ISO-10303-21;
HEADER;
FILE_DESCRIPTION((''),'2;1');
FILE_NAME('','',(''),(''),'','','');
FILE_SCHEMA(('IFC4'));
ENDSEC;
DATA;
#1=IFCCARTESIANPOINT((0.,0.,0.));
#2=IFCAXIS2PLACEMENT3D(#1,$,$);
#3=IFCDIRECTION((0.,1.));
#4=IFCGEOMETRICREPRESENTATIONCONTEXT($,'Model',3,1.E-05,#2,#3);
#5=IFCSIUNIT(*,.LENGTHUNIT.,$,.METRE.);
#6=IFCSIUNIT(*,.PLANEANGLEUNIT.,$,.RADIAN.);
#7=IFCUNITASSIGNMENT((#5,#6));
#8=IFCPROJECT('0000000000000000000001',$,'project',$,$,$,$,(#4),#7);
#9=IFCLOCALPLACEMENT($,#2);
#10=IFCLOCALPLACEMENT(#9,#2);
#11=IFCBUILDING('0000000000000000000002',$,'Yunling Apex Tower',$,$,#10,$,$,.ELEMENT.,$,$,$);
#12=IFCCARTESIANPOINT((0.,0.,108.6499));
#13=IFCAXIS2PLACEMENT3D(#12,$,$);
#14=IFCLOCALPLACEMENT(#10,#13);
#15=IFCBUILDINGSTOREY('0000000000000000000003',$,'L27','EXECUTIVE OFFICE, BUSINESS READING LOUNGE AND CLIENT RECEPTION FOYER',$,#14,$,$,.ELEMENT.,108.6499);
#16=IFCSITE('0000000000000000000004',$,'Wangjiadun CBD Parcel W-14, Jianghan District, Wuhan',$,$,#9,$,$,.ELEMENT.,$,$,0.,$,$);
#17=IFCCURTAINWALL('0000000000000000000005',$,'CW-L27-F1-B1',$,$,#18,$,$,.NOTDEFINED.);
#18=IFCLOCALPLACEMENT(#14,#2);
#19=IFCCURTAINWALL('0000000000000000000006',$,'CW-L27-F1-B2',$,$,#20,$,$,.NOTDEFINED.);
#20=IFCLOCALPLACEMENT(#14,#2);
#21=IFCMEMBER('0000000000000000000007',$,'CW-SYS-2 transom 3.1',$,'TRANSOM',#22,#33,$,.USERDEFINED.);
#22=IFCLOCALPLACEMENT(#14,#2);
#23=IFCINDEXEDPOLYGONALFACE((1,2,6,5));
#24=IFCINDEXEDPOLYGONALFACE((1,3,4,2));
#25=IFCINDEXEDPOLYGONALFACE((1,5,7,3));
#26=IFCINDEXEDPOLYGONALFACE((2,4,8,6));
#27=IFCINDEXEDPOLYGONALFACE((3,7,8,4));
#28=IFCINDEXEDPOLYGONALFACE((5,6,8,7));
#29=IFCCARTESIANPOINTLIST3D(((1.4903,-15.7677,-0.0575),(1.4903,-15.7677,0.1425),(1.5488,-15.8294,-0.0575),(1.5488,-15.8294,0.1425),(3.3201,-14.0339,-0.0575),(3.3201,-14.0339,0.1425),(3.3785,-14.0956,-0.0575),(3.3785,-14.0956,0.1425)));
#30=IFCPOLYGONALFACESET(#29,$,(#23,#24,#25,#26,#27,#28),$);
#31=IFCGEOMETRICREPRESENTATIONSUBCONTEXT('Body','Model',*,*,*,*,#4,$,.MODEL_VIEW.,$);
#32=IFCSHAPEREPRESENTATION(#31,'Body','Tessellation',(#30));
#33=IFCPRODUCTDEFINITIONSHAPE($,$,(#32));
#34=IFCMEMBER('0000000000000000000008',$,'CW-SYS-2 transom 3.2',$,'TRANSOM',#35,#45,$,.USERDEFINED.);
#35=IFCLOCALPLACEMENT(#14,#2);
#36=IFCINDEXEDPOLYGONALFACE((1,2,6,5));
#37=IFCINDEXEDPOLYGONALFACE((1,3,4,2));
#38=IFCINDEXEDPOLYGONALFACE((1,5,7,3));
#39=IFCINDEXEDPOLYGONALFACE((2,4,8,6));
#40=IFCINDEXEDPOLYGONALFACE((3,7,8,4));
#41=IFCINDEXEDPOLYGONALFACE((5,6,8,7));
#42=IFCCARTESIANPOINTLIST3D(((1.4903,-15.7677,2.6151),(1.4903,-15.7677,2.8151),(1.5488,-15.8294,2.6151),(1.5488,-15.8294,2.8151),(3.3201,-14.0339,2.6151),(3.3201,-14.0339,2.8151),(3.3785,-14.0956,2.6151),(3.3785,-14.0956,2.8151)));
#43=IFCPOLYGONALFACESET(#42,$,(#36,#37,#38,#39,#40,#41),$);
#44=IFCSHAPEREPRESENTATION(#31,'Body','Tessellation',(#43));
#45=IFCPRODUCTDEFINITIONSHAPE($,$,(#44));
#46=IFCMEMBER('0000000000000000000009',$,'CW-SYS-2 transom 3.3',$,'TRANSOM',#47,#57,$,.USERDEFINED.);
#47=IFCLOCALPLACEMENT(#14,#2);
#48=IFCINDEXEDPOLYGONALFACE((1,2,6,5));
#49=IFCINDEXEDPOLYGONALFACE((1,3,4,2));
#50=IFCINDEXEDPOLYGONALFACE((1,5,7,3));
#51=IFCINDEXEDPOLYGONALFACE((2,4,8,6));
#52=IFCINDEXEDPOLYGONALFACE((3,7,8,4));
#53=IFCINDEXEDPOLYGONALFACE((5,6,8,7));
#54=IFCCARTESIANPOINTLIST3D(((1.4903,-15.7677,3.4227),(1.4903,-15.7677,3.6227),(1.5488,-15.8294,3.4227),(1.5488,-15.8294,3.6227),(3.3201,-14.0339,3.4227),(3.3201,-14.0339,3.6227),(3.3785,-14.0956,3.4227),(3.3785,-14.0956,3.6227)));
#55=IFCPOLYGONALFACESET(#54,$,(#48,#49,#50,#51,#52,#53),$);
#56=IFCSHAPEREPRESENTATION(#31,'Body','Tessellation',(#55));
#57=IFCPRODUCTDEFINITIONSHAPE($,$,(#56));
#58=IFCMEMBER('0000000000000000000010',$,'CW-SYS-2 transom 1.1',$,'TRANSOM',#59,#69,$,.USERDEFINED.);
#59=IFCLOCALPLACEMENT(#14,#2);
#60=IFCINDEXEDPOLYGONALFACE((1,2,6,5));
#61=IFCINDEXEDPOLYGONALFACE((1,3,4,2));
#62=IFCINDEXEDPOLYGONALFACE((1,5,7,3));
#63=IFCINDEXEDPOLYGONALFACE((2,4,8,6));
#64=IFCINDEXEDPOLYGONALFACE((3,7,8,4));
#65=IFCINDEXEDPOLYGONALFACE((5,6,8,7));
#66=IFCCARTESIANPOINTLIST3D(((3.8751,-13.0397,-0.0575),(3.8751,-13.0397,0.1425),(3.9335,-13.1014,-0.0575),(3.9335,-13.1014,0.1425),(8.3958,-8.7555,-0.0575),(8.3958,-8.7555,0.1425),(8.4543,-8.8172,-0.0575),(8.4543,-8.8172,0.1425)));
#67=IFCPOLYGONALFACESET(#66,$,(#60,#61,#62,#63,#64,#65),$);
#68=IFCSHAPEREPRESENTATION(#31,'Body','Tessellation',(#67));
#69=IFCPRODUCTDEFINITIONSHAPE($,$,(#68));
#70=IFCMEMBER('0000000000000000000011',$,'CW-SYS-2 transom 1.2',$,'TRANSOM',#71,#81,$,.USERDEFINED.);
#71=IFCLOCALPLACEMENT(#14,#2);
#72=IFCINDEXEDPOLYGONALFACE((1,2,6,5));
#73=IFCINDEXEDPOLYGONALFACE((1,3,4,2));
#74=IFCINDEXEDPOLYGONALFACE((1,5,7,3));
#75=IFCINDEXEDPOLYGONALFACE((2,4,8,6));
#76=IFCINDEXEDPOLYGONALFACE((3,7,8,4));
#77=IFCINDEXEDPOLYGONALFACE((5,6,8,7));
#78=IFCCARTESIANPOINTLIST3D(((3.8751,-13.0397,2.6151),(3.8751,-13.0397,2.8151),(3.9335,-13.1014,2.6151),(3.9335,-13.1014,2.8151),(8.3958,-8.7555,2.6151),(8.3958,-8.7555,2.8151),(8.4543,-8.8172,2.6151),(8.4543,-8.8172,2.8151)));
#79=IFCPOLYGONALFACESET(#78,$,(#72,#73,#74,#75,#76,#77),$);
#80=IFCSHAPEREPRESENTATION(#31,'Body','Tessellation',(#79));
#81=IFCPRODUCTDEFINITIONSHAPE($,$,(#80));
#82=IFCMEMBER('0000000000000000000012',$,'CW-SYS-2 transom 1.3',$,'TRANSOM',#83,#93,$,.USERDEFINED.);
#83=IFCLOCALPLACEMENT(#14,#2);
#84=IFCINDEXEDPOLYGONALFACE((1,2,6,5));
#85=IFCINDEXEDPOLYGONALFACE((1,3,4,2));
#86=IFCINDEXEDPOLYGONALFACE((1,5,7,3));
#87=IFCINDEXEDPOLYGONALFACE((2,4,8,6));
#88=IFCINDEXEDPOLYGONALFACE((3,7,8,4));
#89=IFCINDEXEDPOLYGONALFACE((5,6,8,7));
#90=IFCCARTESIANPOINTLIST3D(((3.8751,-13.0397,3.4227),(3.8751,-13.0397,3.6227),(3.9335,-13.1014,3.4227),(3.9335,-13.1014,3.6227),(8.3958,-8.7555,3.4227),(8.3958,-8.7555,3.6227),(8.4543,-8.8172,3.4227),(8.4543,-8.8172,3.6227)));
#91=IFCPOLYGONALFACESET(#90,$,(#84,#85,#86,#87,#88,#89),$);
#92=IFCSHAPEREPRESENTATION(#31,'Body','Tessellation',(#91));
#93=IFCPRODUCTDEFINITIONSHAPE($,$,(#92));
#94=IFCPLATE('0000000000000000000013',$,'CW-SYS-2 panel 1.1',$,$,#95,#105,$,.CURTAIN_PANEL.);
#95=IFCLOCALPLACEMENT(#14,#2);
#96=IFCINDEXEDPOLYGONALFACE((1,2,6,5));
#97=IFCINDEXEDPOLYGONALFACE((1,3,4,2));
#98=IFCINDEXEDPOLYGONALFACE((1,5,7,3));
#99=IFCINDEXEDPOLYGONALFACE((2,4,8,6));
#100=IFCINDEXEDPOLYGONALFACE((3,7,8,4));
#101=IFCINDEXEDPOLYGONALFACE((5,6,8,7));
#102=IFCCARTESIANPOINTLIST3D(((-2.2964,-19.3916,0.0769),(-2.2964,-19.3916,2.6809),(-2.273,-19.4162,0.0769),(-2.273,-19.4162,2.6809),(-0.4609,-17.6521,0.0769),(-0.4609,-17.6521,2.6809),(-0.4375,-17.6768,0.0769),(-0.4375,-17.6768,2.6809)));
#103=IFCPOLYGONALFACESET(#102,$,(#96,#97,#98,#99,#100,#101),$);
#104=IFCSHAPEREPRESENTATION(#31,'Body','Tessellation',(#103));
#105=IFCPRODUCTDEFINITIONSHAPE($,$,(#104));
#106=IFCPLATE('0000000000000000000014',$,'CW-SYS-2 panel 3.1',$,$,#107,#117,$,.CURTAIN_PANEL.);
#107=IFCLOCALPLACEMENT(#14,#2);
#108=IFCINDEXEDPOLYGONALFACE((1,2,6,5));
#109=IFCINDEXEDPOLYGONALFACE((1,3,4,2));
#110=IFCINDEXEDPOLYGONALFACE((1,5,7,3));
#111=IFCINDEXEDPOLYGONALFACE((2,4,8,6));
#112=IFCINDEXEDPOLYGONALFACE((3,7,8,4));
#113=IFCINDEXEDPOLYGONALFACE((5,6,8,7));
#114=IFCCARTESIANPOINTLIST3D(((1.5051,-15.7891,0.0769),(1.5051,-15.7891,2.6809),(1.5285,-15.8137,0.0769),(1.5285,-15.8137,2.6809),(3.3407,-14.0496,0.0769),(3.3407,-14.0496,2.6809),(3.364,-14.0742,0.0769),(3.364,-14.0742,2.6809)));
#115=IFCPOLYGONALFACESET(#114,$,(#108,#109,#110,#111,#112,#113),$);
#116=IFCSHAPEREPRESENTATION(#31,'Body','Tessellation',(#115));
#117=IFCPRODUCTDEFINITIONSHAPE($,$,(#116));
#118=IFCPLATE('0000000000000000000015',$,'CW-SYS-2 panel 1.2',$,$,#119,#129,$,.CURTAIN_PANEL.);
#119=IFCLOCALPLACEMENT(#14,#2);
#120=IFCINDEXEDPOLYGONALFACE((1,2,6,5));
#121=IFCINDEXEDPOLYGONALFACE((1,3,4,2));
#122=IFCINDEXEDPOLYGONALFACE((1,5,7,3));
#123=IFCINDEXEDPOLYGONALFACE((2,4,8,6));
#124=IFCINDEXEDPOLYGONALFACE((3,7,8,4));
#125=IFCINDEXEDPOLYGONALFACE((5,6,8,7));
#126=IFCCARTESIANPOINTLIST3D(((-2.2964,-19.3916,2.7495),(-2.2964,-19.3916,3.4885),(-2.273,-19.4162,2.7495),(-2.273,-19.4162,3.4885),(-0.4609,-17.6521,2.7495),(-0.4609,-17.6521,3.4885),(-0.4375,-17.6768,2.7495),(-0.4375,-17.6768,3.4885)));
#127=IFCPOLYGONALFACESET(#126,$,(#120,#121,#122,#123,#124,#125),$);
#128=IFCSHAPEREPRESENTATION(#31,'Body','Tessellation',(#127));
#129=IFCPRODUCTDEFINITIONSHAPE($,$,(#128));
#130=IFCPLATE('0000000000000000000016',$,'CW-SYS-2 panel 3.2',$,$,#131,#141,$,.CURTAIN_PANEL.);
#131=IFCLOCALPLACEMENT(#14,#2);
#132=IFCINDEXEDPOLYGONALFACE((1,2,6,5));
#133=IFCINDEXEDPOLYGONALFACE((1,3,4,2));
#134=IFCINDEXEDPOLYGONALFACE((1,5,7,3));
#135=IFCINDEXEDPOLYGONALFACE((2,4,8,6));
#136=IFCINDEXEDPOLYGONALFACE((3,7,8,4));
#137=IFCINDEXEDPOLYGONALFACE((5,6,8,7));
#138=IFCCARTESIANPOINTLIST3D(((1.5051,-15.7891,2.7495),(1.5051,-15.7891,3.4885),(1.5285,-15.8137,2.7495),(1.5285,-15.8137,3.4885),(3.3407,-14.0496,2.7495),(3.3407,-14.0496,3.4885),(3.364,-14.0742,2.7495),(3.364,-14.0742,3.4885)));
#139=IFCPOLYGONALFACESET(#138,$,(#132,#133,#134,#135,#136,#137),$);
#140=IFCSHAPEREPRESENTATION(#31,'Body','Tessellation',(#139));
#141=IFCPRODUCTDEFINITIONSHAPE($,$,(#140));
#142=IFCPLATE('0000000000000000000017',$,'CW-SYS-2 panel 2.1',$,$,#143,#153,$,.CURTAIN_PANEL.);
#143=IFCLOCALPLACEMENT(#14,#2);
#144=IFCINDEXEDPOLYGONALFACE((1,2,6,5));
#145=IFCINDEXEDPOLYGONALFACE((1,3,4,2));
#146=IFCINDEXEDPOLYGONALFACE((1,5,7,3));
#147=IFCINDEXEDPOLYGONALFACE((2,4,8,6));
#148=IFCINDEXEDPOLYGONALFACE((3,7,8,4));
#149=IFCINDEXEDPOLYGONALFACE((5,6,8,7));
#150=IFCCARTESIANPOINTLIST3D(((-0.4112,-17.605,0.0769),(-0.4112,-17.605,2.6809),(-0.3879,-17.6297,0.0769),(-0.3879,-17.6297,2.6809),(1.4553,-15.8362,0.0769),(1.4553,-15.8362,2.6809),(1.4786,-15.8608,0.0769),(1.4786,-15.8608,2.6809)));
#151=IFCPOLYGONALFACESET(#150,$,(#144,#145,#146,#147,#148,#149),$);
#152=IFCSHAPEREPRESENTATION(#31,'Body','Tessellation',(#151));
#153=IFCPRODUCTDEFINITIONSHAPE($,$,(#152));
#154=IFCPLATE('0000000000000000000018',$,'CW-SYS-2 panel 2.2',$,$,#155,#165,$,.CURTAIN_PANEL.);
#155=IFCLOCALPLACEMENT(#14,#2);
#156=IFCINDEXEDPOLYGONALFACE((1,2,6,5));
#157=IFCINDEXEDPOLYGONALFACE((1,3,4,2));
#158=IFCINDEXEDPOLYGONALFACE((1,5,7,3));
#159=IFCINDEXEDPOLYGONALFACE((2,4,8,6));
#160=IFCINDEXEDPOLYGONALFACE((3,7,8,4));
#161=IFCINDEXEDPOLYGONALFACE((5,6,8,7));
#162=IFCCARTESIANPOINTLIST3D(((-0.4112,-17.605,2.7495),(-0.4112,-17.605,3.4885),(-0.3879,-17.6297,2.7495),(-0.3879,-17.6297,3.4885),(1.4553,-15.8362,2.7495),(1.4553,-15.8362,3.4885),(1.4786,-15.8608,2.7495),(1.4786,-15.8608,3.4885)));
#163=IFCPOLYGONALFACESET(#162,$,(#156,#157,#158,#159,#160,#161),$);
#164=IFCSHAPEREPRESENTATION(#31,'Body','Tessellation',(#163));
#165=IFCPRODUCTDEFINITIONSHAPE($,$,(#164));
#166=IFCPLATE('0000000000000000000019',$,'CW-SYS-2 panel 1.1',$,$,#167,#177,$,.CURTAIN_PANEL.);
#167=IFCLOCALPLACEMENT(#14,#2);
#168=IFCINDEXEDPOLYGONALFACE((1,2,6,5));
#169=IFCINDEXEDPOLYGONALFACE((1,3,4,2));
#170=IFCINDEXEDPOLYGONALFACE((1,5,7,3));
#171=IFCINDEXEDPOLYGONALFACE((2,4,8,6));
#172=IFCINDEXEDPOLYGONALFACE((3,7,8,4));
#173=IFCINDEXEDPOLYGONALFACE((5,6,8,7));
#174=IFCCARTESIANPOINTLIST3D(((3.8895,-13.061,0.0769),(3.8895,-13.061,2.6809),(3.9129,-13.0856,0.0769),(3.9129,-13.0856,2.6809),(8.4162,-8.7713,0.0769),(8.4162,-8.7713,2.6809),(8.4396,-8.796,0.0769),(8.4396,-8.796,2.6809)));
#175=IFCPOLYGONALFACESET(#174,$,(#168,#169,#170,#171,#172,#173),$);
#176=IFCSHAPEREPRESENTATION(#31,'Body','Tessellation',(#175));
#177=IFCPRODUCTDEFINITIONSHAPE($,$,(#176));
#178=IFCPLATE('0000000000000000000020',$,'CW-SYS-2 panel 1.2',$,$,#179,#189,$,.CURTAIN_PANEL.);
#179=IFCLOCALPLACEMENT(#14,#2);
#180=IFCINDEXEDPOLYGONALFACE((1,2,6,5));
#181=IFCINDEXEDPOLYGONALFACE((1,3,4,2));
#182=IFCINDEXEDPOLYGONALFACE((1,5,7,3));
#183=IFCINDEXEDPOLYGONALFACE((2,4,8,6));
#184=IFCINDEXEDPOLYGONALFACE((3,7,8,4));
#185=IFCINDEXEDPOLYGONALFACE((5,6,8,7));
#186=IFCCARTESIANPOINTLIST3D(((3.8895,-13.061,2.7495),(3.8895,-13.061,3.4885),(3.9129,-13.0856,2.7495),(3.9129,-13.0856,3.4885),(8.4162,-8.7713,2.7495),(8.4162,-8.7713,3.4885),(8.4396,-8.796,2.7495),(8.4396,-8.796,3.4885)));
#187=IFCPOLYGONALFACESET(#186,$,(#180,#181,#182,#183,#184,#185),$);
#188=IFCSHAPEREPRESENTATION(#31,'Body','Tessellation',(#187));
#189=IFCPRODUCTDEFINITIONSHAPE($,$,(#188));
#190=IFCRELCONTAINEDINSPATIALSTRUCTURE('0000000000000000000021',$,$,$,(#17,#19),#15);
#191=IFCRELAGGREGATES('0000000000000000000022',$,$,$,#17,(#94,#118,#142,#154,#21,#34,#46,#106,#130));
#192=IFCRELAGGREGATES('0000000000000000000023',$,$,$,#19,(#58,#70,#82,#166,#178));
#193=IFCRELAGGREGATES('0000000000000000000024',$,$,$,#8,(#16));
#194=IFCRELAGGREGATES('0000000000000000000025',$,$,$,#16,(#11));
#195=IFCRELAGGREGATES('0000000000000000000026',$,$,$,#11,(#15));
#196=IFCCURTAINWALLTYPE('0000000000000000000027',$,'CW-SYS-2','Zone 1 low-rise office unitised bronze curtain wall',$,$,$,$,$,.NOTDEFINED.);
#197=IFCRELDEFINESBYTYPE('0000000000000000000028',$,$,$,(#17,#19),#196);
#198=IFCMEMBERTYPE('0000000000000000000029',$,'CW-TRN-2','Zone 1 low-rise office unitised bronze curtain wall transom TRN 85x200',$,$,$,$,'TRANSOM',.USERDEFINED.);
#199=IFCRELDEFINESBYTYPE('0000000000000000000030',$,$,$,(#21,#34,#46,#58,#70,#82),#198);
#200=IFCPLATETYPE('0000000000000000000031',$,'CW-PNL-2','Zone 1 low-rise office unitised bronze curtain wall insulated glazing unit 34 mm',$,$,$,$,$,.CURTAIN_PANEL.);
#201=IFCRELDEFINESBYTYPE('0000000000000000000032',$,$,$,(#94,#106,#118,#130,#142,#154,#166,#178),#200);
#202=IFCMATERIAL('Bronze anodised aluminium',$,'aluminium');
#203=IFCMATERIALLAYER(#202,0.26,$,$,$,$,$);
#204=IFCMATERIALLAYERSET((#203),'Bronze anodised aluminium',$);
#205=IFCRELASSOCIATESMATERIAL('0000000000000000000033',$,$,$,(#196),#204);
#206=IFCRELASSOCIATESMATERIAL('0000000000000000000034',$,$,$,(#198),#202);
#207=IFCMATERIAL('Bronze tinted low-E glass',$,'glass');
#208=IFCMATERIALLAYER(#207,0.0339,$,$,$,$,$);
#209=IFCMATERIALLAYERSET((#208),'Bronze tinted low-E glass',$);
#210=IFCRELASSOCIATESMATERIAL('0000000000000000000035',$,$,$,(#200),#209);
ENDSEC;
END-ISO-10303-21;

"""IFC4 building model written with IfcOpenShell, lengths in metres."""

from ifc_helpers import new_model, si_unit, direction, frame, origin, origin_2d, place, context, subcontext, project, spatial, rectangle, extrude, source, transform, mapped, material, layer, layer_set, material_profile, profile_set, type_object, element, aggregate, save


model = new_model("IFC4")

# Units and contexts
model_context = context("Model", 3, precision=1e-05, world=origin(), true_north=direction((0.0, 1.0)))
body_context = subcontext(model_context, "Body", "Model", "MODEL_VIEW")
ifc_project = project(units=[si_unit("LENGTHUNIT", "METRE"), si_unit("PLANEANGLEUNIT", "RADIAN")], contexts=[model_context])

# Site, building, storey
site_placement = place(None, origin())
site = spatial("IfcSite", under=ifc_project, at=site_placement, Name="Wangjiadun CBD Parcel W-14, Jianghan District, Wuhan", CompositionType="ELEMENT", RefElevation=0.0)
building_placement = place(site_placement, origin())
building = spatial("IfcBuilding", under=site, at=building_placement, Name="Yunling Apex Tower", CompositionType="ELEMENT")
storey_placement = place(building_placement, frame((0.0, 0.0, 108.6499)))
storey = spatial("IfcBuildingStorey", under=building, at=storey_placement, Name="L27", Description="EXECUTIVE OFFICE, BUSINESS READING LOUNGE AND CLIENT RECEPTION FOYER", CompositionType="ELEMENT", Elevation=108.6499)

# Curtain walls
ifc_material_1 = material(Name="Bronze anodised aluminium", Category="aluminium")
ifc_layer_1 = layer(ifc_material_1, 0.26)
ifc_layer_set_1 = layer_set([ifc_layer_1], Name="Bronze anodised aluminium")
curtain_wall_type = type_object("IfcCurtainWallType", Name="CW-SYS-2", Description="Zone 1 low-rise office unitised bronze curtain wall", PredefinedType="NOTDEFINED", material=ifc_layer_set_1)
curtain_wall_1_placement = place(storey_placement, origin())
curtain_wall_1 = element("IfcCurtainWall", 1, at=curtain_wall_1_placement, inside=storey, type_object=curtain_wall_type, Name="CW-L27-F1-B1", PredefinedType="NOTDEFINED")
curtain_wall_2_placement = place(storey_placement, origin())
curtain_wall_2 = element("IfcCurtainWall", 2, at=curtain_wall_2_placement, inside=storey, type_object=curtain_wall_type, Name="CW-L27-F1-B2", PredefinedType="NOTDEFINED")

# Members
ifc_material_profile_1 = material_profile(ifc_material_1, rectangle(XDim=0.085, YDim=0.2, at=origin_2d()))
ifc_profile_set_1 = profile_set([ifc_material_profile_1], Name="Bronze anodised aluminium")
member_type_1 = type_object("IfcMemberType", Name="CW-TRN-2", Description="Zone 1 low-rise office unitised bronze curtain wall transom TRN 85x200", ElementType="TRANSOM", PredefinedType="USERDEFINED", material=ifc_profile_set_1)
shared_shape_1 = source(origin(), body_context, "Body", "SweptSolid", [
    extrude(rectangle(XDim=0.085, YDim=0.2, at=origin_2d()), origin(), (0.0, 0.0, 1.0), 2.5208),
])
member_1_placement = place(storey_placement, frame((1.5195, -15.7986, 0.0425), z_axis=(0.725881, 0.68782, 0.0), x_axis=(-0.68782, 0.725881, 0.0)))
member_1 = element("IfcMember", 3, at=member_1_placement, type_object=member_type_1, Name="CW-SYS-2 transom 3.1", ObjectType="TRANSOM", PredefinedType="USERDEFINED", context=body_context, shape_type="MappedRepresentation", body=[
    mapped(shared_shape_1, transform((0.0, 0.0, 0.0), scale=1.0)),
])
member_2_placement = place(storey_placement, frame((1.5195, -15.7986, 2.7151), z_axis=(0.725881, 0.68782, 0.0), x_axis=(-0.68782, 0.725881, 0.0)))
member_2 = element("IfcMember", 4, at=member_2_placement, type_object=member_type_1, Name="CW-SYS-2 transom 3.2", ObjectType="TRANSOM", PredefinedType="USERDEFINED", context=body_context, shape_type="MappedRepresentation", body=[
    mapped(shared_shape_1, transform((0.0, 0.0, 0.0), scale=1.0)),
])
member_3_placement = place(storey_placement, frame((1.5195, -15.7986, 3.5227), z_axis=(0.725881, 0.68782, 0.0), x_axis=(-0.68782, 0.725881, 0.0)))
member_3 = element("IfcMember", 5, at=member_3_placement, type_object=member_type_1, Name="CW-SYS-2 transom 3.3", ObjectType="TRANSOM", PredefinedType="USERDEFINED", context=body_context, shape_type="MappedRepresentation", body=[
    mapped(shared_shape_1, transform((0.0, 0.0, 0.0), scale=1.0)),
])
shared_shape_2 = source(origin(), body_context, "Body", "SweptSolid", [
    extrude(rectangle(XDim=0.085, YDim=0.2, at=origin_2d()), origin(), (0.0, 0.0, 1.0), 6.2283),
])
member_4_placement = place(storey_placement, frame((3.9043, -13.0706, 0.0425), z_axis=(0.725843, 0.68786, 0.0), x_axis=(-0.68786, 0.725843, 0.0)))
member_4 = element("IfcMember", 6, at=member_4_placement, type_object=member_type_1, Name="CW-SYS-2 transom 1.1", ObjectType="TRANSOM", PredefinedType="USERDEFINED", context=body_context, shape_type="MappedRepresentation", body=[
    mapped(shared_shape_2, transform((0.0, 0.0, 0.0), scale=1.0)),
])
member_5_placement = place(storey_placement, frame((3.9043, -13.0706, 2.7151), z_axis=(0.725843, 0.68786, 0.0), x_axis=(-0.68786, 0.725843, 0.0)))
member_5 = element("IfcMember", 7, at=member_5_placement, type_object=member_type_1, Name="CW-SYS-2 transom 1.2", ObjectType="TRANSOM", PredefinedType="USERDEFINED", context=body_context, shape_type="MappedRepresentation", body=[
    mapped(shared_shape_2, transform((0.0, 0.0, 0.0), scale=1.0)),
])
member_6_placement = place(storey_placement, frame((3.9043, -13.0706, 3.5227), z_axis=(0.725843, 0.68786, 0.0), x_axis=(-0.68786, 0.725843, 0.0)))
member_6 = element("IfcMember", 8, at=member_6_placement, type_object=member_type_1, Name="CW-SYS-2 transom 1.3", ObjectType="TRANSOM", PredefinedType="USERDEFINED", context=body_context, shape_type="MappedRepresentation", body=[
    mapped(shared_shape_2, transform((0.0, 0.0, 0.0), scale=1.0)),
])

# Plates
ifc_material_2 = material(Name="Bronze tinted low-E glass", Category="glass")
ifc_layer_2 = layer(ifc_material_2, 0.0339)
ifc_layer_set_2 = layer_set([ifc_layer_2], Name="Bronze tinted low-E glass")
plate_type = type_object("IfcPlateType", Name="CW-PNL-2", Description="Zone 1 low-rise office unitised bronze curtain wall insulated glazing unit 34 mm", PredefinedType="CURTAIN_PANEL", material=ifc_layer_set_2)
shared_shape_3 = source(origin(), body_context, "Body", "SweptSolid", [
    extrude(rectangle(XDim=2.5288, YDim=0.0339, at=origin_2d()), origin(), (0.0, 0.0, 1.0), 2.604),
])
plate_1_placement = place(storey_placement, frame((-1.3669, -18.5342, 0.0769), z_axis=(0.0, 0.0, 1.0), x_axis=(0.725842, 0.687861, 0.0)))
plate_1 = element("IfcPlate", 9, at=plate_1_placement, type_object=plate_type, Name="CW-SYS-2 panel 1.1", PredefinedType="CURTAIN_PANEL", context=body_context, shape_type="MappedRepresentation", body=[
    mapped(shared_shape_3, transform((0.0, 0.0, 0.0), scale=1.0)),
])
plate_2_placement = place(storey_placement, frame((2.4346, -14.9316, 0.0769), z_axis=(0.0, 0.0, 1.0), x_axis=(0.725842, 0.687861, 0.0)))
plate_2 = element("IfcPlate", 10, at=plate_2_placement, type_object=plate_type, Name="CW-SYS-2 panel 3.1", PredefinedType="CURTAIN_PANEL", context=body_context, shape_type="MappedRepresentation", body=[
    mapped(shared_shape_3, transform((0.0, 0.0, 0.0), scale=1.0)),
])
shared_shape_4 = source(origin(), body_context, "Body", "SweptSolid", [
    extrude(rectangle(XDim=2.5288, YDim=0.0339, at=origin_2d()), origin(), (0.0, 0.0, 1.0), 0.739),
])
plate_3_placement = place(storey_placement, frame((-1.3669, -18.5342, 2.7495), z_axis=(0.0, 0.0, 1.0), x_axis=(0.725842, 0.687861, 0.0)))
plate_3 = element("IfcPlate", 11, at=plate_3_placement, type_object=plate_type, Name="CW-SYS-2 panel 1.2", PredefinedType="CURTAIN_PANEL", context=body_context, shape_type="MappedRepresentation", body=[
    mapped(shared_shape_4, transform((0.0, 0.0, 0.0), scale=1.0)),
])
plate_4_placement = place(storey_placement, frame((2.4346, -14.9316, 2.7495), z_axis=(0.0, 0.0, 1.0), x_axis=(0.725842, 0.687861, 0.0)))
plate_4 = element("IfcPlate", 12, at=plate_4_placement, type_object=plate_type, Name="CW-SYS-2 panel 3.2", PredefinedType="CURTAIN_PANEL", context=body_context, shape_type="MappedRepresentation", body=[
    mapped(shared_shape_4, transform((0.0, 0.0, 0.0), scale=1.0)),
])
shared_shape_5 = source(origin(), body_context, "Body", "SweptSolid", [
    extrude(rectangle(XDim=2.5715, YDim=0.0339, at=origin_2d()), origin(), (0.0, 0.0, 1.0), 2.604),
])
plate_5_placement = place(storey_placement, frame((0.5337, -16.7329, 0.0769), z_axis=(0.0, 0.0, 1.0), x_axis=(0.725842, 0.687861, 0.0)))
plate_5 = element("IfcPlate", 13, at=plate_5_placement, type_object=plate_type, Name="CW-SYS-2 panel 2.1", PredefinedType="CURTAIN_PANEL", context=body_context, shape_type="MappedRepresentation", body=[
    mapped(shared_shape_5, transform((0.0, 0.0, 0.0), scale=1.0)),
])
shared_shape_6 = source(origin(), body_context, "Body", "SweptSolid", [
    extrude(rectangle(XDim=2.5715, YDim=0.0339, at=origin_2d()), origin(), (0.0, 0.0, 1.0), 0.739),
])
plate_6_placement = place(storey_placement, frame((0.5337, -16.7329, 2.7495), z_axis=(0.0, 0.0, 1.0), x_axis=(0.725842, 0.687861, 0.0)))
plate_6 = element("IfcPlate", 14, at=plate_6_placement, type_object=plate_type, Name="CW-SYS-2 panel 2.2", PredefinedType="CURTAIN_PANEL", context=body_context, shape_type="MappedRepresentation", body=[
    mapped(shared_shape_6, transform((0.0, 0.0, 0.0), scale=1.0)),
])
aggregate(curtain_wall_1, [plate_1, plate_3, plate_5, plate_6, member_1, member_2, member_3, plate_2, plate_4])
shared_shape_7 = source(origin(), body_context, "Body", "SweptSolid", [
    extrude(rectangle(XDim=6.2363, YDim=0.0339, at=origin_2d()), origin(), (0.0, 0.0, 1.0), 2.604),
])
plate_7_placement = place(storey_placement, frame((6.1646, -10.9285, 0.0769), z_axis=(0.0, 0.0, 1.0), x_axis=(0.725858, 0.687844, 0.0)))
plate_7 = element("IfcPlate", 15, at=plate_7_placement, type_object=plate_type, Name="CW-SYS-2 panel 1.1", PredefinedType="CURTAIN_PANEL", context=body_context, shape_type="MappedRepresentation", body=[
    mapped(shared_shape_7, transform((0.0, 0.0, 0.0), scale=1.0)),
])
shared_shape_8 = source(origin(), body_context, "Body", "SweptSolid", [
    extrude(rectangle(XDim=6.2363, YDim=0.0339, at=origin_2d()), origin(), (0.0, 0.0, 1.0), 0.739),
])
plate_8_placement = place(storey_placement, frame((6.1646, -10.9285, 2.7495), z_axis=(0.0, 0.0, 1.0), x_axis=(0.725858, 0.687844, 0.0)))
plate_8 = element("IfcPlate", 16, at=plate_8_placement, type_object=plate_type, Name="CW-SYS-2 panel 1.2", PredefinedType="CURTAIN_PANEL", context=body_context, shape_type="MappedRepresentation", body=[
    mapped(shared_shape_8, transform((0.0, 0.0, 0.0), scale=1.0)),
])
aggregate(curtain_wall_2, [member_4, member_5, member_6, plate_7, plate_8])

save(model, "model.ifc")
